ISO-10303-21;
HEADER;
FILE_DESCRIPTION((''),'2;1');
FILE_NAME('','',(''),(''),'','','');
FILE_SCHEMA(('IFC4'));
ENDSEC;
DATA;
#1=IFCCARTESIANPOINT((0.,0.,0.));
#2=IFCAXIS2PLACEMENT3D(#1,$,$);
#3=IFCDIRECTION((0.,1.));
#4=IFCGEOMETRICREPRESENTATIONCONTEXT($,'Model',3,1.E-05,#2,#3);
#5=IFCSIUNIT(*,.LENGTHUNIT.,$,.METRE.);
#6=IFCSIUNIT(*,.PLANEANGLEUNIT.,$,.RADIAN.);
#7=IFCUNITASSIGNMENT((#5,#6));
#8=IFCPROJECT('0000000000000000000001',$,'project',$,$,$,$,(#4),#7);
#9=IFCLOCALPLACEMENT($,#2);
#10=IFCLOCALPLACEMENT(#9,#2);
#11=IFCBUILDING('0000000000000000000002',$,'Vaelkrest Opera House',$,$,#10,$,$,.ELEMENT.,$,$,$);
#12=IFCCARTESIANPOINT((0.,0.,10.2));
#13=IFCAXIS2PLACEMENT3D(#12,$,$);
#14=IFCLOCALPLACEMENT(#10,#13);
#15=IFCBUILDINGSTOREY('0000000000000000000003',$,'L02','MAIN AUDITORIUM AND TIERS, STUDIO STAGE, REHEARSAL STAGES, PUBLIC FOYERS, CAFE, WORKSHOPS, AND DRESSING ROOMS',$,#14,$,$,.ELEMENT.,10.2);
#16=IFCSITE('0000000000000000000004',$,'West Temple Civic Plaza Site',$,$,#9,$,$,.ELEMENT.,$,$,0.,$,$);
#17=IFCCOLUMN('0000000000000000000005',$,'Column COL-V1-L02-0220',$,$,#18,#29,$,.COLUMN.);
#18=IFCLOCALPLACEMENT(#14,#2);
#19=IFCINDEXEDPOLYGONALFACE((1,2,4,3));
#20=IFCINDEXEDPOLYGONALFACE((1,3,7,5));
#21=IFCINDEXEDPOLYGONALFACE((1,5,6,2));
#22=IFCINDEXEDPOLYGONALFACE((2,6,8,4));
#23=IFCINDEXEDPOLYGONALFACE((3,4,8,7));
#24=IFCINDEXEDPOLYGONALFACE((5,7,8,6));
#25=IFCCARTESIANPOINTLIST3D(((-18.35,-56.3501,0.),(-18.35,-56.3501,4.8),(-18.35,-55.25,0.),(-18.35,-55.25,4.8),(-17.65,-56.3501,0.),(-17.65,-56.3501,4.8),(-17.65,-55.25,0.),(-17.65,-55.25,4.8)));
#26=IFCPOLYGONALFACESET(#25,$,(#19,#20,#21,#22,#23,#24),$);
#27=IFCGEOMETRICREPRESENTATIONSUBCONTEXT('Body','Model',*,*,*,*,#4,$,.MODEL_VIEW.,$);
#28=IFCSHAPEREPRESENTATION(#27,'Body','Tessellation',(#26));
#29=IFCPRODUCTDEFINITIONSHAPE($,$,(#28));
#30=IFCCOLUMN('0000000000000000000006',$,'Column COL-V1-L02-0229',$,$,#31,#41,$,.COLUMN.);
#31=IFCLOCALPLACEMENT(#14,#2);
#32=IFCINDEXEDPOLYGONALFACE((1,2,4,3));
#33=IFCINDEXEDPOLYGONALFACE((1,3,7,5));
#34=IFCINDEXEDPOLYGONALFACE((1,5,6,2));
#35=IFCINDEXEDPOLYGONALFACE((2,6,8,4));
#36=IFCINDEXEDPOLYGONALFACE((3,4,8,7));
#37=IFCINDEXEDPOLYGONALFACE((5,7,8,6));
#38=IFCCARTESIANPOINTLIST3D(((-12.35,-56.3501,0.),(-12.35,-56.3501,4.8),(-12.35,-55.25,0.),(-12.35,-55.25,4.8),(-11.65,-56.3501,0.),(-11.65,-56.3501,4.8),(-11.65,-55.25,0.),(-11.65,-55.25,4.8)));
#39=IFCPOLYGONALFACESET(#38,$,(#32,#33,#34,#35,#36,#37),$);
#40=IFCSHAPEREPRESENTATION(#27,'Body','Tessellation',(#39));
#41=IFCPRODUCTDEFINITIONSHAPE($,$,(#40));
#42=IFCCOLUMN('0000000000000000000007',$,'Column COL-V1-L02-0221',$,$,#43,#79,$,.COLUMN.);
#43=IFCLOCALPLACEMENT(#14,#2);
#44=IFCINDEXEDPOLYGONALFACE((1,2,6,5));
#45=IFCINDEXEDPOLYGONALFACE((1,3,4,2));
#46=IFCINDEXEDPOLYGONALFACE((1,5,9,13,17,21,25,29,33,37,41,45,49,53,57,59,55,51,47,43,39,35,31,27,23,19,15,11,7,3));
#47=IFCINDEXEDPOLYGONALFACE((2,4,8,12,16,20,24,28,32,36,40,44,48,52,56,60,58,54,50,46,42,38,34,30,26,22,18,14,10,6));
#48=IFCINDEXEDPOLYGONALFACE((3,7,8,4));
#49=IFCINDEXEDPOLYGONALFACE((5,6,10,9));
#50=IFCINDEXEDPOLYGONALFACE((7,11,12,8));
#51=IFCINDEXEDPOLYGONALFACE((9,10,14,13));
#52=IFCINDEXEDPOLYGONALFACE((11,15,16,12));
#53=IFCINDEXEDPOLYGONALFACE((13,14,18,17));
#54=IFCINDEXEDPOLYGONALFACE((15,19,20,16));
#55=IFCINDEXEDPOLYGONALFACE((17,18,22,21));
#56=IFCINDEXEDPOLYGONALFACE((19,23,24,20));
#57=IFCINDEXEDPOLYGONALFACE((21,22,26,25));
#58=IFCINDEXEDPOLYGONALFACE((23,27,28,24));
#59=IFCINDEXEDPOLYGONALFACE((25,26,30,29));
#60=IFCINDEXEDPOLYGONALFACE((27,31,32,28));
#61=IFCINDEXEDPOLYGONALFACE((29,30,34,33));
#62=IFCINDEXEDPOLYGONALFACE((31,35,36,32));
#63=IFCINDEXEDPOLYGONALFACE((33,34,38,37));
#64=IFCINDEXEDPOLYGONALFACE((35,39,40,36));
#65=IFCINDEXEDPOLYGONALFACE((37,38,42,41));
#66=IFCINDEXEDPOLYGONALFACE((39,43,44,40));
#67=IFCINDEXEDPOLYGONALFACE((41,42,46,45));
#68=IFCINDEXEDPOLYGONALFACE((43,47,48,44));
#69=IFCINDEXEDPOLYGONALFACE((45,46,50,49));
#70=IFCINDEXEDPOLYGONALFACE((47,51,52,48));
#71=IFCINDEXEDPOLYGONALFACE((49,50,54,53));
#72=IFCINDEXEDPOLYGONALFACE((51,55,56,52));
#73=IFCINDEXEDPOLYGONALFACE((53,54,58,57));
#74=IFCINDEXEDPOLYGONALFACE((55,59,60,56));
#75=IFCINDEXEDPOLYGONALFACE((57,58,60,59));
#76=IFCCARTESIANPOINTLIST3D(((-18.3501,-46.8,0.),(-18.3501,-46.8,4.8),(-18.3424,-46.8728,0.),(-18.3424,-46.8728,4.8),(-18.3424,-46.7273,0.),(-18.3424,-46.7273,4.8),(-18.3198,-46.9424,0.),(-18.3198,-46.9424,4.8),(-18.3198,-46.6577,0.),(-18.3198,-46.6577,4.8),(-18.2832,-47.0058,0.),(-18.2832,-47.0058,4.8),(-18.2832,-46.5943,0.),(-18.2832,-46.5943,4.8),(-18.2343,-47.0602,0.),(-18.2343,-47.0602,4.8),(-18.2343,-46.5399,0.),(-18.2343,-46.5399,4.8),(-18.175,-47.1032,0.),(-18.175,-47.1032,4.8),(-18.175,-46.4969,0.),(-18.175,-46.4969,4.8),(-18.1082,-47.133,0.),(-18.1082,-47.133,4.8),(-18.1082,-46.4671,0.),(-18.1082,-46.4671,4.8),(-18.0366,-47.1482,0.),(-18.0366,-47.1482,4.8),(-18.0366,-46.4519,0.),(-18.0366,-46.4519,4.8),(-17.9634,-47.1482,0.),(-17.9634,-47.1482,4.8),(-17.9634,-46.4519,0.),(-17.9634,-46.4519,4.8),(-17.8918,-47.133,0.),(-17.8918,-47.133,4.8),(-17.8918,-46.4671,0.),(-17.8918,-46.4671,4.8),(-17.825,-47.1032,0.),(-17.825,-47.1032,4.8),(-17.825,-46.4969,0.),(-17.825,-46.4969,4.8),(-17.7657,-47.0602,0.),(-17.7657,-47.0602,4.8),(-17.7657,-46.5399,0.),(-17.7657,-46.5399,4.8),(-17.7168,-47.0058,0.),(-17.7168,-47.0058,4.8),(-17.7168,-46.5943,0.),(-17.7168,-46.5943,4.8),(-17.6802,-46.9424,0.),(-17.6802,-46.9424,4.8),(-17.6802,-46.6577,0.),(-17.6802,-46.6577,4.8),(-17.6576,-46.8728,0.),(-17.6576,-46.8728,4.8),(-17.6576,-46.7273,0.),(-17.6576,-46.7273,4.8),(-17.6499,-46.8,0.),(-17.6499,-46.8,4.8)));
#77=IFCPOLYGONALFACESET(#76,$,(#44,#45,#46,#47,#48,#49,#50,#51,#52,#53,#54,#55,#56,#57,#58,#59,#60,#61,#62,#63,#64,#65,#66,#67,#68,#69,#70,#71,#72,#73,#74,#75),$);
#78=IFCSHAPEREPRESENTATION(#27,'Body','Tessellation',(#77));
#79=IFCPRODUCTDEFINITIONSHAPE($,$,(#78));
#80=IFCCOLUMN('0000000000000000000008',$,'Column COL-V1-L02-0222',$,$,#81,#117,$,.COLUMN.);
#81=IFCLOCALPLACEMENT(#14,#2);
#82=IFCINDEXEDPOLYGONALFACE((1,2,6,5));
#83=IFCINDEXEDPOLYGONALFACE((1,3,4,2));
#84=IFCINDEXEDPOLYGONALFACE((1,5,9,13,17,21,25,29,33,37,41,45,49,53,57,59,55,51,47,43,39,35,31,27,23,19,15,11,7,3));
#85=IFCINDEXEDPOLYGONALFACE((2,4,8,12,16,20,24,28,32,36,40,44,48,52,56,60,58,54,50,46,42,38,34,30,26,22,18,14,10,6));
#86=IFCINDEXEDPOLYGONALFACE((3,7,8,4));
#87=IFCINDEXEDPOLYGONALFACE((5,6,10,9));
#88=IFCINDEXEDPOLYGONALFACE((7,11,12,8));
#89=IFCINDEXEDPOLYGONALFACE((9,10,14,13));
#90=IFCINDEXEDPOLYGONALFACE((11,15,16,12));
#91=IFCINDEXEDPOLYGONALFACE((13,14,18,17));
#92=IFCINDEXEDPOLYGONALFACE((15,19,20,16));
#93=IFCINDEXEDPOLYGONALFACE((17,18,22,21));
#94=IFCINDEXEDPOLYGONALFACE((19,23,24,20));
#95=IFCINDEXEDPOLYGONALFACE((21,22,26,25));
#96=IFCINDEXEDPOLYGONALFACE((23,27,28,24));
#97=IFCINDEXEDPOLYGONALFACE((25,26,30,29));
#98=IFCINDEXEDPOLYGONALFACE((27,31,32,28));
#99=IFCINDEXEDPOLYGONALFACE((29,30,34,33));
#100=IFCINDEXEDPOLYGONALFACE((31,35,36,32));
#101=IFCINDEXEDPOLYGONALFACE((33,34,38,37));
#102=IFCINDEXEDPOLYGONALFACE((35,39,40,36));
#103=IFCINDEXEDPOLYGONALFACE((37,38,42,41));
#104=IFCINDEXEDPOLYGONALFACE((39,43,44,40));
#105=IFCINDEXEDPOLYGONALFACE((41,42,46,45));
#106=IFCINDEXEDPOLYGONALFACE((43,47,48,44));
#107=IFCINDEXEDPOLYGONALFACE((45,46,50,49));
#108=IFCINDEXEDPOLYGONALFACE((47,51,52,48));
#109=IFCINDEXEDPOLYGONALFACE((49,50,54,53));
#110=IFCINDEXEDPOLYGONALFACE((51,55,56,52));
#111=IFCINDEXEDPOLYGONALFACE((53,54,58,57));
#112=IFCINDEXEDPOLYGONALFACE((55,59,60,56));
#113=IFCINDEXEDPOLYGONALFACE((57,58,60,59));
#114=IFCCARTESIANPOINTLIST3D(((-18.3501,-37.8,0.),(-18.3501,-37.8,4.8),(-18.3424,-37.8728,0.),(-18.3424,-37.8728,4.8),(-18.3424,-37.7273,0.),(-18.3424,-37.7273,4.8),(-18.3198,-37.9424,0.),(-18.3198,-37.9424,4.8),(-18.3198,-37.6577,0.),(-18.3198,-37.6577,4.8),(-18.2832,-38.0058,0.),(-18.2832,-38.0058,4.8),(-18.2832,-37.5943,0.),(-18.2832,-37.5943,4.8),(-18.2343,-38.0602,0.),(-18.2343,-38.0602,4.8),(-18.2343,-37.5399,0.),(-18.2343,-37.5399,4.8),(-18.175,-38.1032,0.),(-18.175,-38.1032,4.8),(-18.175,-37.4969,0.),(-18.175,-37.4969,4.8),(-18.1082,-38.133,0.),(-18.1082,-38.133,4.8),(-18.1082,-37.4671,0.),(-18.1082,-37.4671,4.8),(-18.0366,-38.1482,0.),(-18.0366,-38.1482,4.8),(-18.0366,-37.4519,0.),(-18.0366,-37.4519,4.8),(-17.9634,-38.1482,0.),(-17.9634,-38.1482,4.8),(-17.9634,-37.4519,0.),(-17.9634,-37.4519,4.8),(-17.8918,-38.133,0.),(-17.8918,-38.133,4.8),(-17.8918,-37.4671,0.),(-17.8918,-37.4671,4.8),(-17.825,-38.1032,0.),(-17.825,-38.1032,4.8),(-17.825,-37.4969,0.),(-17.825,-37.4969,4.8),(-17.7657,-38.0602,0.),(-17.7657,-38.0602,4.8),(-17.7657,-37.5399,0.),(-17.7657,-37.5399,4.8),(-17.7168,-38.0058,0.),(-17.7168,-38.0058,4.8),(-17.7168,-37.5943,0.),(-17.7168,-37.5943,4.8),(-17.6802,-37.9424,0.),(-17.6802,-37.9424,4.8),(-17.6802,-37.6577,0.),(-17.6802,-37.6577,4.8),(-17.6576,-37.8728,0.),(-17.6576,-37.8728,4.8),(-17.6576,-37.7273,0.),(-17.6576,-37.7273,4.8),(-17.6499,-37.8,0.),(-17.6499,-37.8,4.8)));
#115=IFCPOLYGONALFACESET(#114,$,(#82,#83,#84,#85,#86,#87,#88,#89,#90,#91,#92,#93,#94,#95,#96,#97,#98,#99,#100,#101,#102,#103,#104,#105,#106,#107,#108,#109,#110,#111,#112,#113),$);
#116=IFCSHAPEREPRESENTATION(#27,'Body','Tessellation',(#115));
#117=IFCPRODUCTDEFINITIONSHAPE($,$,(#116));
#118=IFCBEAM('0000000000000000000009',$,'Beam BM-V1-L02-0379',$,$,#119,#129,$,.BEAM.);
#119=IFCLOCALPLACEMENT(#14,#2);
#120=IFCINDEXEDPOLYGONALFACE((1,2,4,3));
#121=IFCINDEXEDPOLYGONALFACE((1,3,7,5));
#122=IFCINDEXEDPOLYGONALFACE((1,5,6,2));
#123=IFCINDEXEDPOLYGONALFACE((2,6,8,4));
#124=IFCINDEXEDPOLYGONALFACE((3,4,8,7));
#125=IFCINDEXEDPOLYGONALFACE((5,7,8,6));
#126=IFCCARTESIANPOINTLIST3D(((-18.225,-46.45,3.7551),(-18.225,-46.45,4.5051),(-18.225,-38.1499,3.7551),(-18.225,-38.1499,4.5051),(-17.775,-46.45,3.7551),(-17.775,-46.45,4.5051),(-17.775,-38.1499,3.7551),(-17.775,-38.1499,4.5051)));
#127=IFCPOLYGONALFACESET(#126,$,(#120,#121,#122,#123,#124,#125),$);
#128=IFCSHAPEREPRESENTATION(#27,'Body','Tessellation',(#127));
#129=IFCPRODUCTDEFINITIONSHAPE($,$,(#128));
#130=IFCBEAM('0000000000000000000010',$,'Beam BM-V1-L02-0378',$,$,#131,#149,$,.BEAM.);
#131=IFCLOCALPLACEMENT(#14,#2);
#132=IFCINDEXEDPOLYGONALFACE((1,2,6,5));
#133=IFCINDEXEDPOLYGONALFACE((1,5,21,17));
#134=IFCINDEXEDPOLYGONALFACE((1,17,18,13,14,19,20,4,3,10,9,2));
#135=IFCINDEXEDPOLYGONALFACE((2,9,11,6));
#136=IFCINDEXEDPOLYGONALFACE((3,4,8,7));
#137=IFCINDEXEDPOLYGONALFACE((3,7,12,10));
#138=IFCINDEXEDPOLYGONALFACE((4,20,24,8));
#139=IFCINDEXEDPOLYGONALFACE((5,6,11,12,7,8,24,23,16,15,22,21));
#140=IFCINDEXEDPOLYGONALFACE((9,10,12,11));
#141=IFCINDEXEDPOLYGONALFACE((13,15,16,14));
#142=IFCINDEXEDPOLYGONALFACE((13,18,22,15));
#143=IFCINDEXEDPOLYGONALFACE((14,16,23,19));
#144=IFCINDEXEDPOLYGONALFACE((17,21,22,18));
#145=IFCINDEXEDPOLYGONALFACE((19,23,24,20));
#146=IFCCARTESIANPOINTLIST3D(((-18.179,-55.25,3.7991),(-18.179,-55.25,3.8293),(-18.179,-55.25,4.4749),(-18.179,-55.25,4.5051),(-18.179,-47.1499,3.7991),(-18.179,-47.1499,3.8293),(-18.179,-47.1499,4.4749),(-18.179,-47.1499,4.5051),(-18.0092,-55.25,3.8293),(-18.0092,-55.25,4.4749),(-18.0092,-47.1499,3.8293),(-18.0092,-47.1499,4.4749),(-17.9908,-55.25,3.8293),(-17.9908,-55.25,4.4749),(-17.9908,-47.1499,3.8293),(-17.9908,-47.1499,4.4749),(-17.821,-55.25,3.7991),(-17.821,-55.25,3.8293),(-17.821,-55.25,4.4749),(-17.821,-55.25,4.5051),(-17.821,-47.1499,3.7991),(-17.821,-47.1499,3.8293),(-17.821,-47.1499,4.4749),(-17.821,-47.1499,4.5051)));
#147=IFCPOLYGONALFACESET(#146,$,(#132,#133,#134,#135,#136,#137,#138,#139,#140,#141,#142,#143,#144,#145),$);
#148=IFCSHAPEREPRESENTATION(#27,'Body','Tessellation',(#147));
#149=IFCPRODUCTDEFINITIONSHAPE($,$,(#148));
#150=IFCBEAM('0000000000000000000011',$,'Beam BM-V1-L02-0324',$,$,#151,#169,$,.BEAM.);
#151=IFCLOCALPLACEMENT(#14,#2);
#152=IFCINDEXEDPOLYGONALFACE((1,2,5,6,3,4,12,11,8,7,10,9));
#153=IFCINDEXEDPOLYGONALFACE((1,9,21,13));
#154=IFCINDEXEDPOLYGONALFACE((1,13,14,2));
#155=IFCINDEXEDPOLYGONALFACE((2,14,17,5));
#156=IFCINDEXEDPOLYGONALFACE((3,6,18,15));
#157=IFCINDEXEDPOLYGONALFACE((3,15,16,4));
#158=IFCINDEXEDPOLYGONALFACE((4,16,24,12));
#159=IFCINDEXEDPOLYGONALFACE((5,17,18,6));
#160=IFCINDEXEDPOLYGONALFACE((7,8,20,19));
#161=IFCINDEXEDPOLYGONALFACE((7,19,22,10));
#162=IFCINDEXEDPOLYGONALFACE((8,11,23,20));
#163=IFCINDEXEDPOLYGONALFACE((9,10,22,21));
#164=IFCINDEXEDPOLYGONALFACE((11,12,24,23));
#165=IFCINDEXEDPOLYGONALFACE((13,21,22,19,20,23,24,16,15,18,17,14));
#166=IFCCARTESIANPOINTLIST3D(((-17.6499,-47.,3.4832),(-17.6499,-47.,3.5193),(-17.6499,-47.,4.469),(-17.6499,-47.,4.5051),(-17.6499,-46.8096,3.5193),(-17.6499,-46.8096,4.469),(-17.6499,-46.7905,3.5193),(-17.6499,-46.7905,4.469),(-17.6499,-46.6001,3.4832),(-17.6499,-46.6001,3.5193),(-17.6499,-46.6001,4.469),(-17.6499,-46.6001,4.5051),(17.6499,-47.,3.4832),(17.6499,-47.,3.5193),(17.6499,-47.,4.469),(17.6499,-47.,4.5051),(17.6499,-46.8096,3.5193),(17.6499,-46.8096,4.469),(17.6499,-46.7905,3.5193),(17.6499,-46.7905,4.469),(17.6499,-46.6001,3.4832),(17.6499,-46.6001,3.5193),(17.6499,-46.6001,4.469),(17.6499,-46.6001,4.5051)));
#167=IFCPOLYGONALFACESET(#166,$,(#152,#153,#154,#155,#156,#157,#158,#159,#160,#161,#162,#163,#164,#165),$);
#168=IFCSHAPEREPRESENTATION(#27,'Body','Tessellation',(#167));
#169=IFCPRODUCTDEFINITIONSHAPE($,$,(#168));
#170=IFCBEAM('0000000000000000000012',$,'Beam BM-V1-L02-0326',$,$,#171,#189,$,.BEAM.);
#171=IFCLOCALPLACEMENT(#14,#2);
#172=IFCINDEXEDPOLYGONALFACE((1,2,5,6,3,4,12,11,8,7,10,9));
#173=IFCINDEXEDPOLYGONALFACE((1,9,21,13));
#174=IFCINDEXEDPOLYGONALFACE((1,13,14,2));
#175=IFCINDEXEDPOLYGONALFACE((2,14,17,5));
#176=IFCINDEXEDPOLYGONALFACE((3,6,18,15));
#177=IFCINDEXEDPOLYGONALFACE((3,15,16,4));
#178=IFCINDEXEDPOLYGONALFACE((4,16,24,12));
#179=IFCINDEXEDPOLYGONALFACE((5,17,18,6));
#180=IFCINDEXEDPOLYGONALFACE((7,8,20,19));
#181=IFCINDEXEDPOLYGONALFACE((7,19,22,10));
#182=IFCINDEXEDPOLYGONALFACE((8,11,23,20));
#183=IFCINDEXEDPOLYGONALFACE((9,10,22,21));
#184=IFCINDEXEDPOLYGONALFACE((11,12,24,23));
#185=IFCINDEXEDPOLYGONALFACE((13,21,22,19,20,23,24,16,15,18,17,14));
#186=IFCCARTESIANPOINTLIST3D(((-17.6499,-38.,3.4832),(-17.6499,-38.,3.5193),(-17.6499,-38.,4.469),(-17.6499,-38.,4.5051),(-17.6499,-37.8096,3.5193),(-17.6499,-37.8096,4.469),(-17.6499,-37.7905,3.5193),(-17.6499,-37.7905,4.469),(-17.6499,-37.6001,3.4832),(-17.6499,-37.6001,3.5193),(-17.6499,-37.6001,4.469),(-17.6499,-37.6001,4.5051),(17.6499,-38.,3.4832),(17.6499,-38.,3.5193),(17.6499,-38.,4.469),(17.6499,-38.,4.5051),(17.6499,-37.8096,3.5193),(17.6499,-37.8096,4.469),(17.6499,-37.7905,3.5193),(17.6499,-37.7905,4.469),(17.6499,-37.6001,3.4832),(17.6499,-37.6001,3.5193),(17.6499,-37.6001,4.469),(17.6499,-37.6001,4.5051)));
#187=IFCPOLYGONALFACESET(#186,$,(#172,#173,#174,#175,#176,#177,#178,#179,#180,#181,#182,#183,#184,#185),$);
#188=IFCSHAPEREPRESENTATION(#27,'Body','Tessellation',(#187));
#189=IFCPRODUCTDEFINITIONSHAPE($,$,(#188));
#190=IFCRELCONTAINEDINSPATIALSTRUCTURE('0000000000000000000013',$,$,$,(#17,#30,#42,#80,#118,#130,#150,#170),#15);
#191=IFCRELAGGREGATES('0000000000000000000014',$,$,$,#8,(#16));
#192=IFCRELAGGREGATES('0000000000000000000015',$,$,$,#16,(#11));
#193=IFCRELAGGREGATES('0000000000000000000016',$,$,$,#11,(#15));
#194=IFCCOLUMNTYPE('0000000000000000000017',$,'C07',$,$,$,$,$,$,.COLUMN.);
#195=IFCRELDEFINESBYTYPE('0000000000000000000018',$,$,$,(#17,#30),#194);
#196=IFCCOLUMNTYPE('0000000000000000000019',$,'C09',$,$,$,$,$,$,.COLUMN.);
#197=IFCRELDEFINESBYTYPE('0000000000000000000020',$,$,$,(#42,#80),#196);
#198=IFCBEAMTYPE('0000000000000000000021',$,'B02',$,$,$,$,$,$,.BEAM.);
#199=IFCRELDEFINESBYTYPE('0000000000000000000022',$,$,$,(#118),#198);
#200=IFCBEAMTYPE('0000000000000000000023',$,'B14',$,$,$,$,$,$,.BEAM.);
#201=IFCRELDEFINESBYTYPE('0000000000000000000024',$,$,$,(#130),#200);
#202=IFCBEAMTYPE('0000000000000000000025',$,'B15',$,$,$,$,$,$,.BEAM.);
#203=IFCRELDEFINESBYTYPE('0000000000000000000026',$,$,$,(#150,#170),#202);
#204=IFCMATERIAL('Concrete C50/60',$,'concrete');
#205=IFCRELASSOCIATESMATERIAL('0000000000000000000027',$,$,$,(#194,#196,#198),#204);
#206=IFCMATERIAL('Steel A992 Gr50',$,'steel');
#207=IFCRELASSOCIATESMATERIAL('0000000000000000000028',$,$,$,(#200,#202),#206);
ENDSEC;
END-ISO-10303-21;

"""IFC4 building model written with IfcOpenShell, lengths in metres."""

from ifc_helpers import new_model, si_unit, direction, frame, origin, origin_2d, place, context, subcontext, project, spatial, rectangle, circle, i_section, extrude, material, material_profile, profile_set, type_object, element, save


model = new_model("IFC4")

# Units and contexts
model_context = context("Model", 3, precision=1e-05, world=origin(), true_north=direction((0.0, 1.0)))
body_context = subcontext(model_context, "Body", "Model", "MODEL_VIEW")
ifc_project = project(units=[si_unit("LENGTHUNIT", "METRE"), si_unit("PLANEANGLEUNIT", "RADIAN")], contexts=[model_context])

# Site, building, storey
site_placement = place(None, origin())
site = spatial("IfcSite", under=ifc_project, at=site_placement, Name="West Temple Civic Plaza Site", CompositionType="ELEMENT", RefElevation=0.0)
building_placement = place(site_placement, origin())
building = spatial("IfcBuilding", under=site, at=building_placement, Name="Vaelkrest Opera House", CompositionType="ELEMENT")
storey_placement = place(building_placement, frame((0.0, 0.0, 10.2)))
storey = spatial("IfcBuildingStorey", under=building, at=storey_placement, Name="L02", Description="MAIN AUDITORIUM AND TIERS, STUDIO STAGE, REHEARSAL STAGES, PUBLIC FOYERS, CAFE, WORKSHOPS, AND DRESSING ROOMS", CompositionType="ELEMENT", Elevation=10.2)

# Columns
ifc_material_1 = material(Name="Concrete C50/60", Category="concrete")
ifc_material_profile_1 = material_profile(ifc_material_1, rectangle(XDim=0.7, YDim=1.1001, at=origin_2d()), Name="RC700X1100")
ifc_profile_set_1 = profile_set([ifc_material_profile_1], Name="Concrete C50/60")
column_type_1 = type_object("IfcColumnType", Name="C07", PredefinedType="COLUMN", material=ifc_profile_set_1)
for number, where, z_axis, x_axis, name in (
    (1, (-18.0, -55.8, 0.0), (0.0, 0.0, 1.0), (1.0, 0.0, 0.0), "Column COL-V1-L02-0220"),
    (2, (-12.0, -55.8, 0.0), (0.0, 0.0, 1.0), (1.0, 0.0, 0.0), "Column COL-V1-L02-0229"),
):
    element("IfcColumn", number, at=place(storey_placement, frame(where, z_axis=z_axis, x_axis=x_axis)), inside=storey, type_object=column_type_1, Name=name, PredefinedType="COLUMN", context=body_context, shape_type="SweptSolid", body=[
        extrude(rectangle(XDim=0.7, YDim=1.1001, at=origin_2d()), origin(), (0.0, 0.0, 1.0), 4.8),
    ])
ifc_material_profile_2 = material_profile(ifc_material_1, circle(Radius=0.3501, at=origin_2d()), Name="RCD700")
ifc_profile_set_2 = profile_set([ifc_material_profile_2], Name="Concrete C50/60")
column_type_2 = type_object("IfcColumnType", Name="C09", PredefinedType="COLUMN", material=ifc_profile_set_2)
for number, where, z_axis, x_axis, name in (
    (3, (-18.0, -46.8, 0.0), (0.0, 0.0, 1.0), (1.0, 0.0, 0.0), "Column COL-V1-L02-0221"),
    (4, (-18.0, -37.8, 0.0), (0.0, 0.0, 1.0), (1.0, 0.0, 0.0), "Column COL-V1-L02-0222"),
):
    element("IfcColumn", number, at=place(storey_placement, frame(where, z_axis=z_axis, x_axis=x_axis)), inside=storey, type_object=column_type_2, Name=name, PredefinedType="COLUMN", context=body_context, shape_type="SweptSolid", body=[
        extrude(circle(Radius=0.3501, at=origin_2d()), origin(), (0.0, 0.0, 1.0), 4.8),
    ])

# Beams
ifc_material_profile_3 = material_profile(ifc_material_1, rectangle(XDim=0.45, YDim=0.75, at=origin_2d()), Name="RCB450X750")
ifc_profile_set_3 = profile_set([ifc_material_profile_3], Name="Concrete C50/60")
beam_type_1 = type_object("IfcBeamType", Name="B02", PredefinedType="BEAM", material=ifc_profile_set_3)
beam_1_placement = place(storey_placement, frame((-18.0, -46.45, 4.1301), z_axis=(0.0, 1.0, 0.0), x_axis=(-1.0, 0.0, 0.0)))
element("IfcBeam", 5, at=beam_1_placement, inside=storey, type_object=beam_type_1, Name="Beam BM-V1-L02-0379", PredefinedType="BEAM", context=body_context, shape_type="SweptSolid", body=[
    extrude(rectangle(XDim=0.45, YDim=0.75, at=origin_2d()), origin(), (0.0, 0.0, 1.0), 8.3),
])
ifc_material_2 = material(Name="Steel A992 Gr50", Category="steel")
ifc_material_profile_4 = material_profile(ifc_material_2, i_section(OverallWidth=0.3579, OverallDepth=0.7061, WebThickness=0.0183, FlangeThickness=0.0303, at=origin_2d()), Name="W27X178")
ifc_profile_set_4 = profile_set([ifc_material_profile_4], Name="Steel A992 Gr50")
beam_type_2 = type_object("IfcBeamType", Name="B14", PredefinedType="BEAM", material=ifc_profile_set_4)
beam_2_placement = place(storey_placement, frame((-18.0, -55.25, 4.1521), z_axis=(0.0, 1.0, 0.0), x_axis=(-1.0, 0.0, 0.0)))
element("IfcBeam", 6, at=beam_2_placement, inside=storey, type_object=beam_type_2, Name="Beam BM-V1-L02-0378", PredefinedType="BEAM", context=body_context, shape_type="SweptSolid", body=[
    extrude(i_section(OverallWidth=0.3579, OverallDepth=0.7061, WebThickness=0.0183, FlangeThickness=0.0303, at=origin_2d()), origin(), (0.0, 0.0, 1.0), 8.1001),
])
ifc_material_profile_5 = material_profile(ifc_material_2, i_section(OverallWidth=0.3999, OverallDepth=1.022, WebThickness=0.019, FlangeThickness=0.0361, at=origin_2d()), Name="W40X249")
ifc_profile_set_5 = profile_set([ifc_material_profile_5], Name="Steel A992 Gr50")
beam_type_3 = type_object("IfcBeamType", Name="B15", PredefinedType="BEAM", material=ifc_profile_set_5)
for number, where, z_axis, x_axis, name in (
    (7, (-17.6499, -46.8, 3.9941), (1.0, 0.0, 0.0), (0.0, 1.0, 0.0), "Beam BM-V1-L02-0324"),
    (8, (-17.6499, -37.8, 3.9941), (1.0, 0.0, 0.0), (0.0, 1.0, 0.0), "Beam BM-V1-L02-0326"),
):
    element("IfcBeam", number, at=place(storey_placement, frame(where, z_axis=z_axis, x_axis=x_axis)), inside=storey, type_object=beam_type_3, Name=name, PredefinedType="BEAM", context=body_context, shape_type="SweptSolid", body=[
        extrude(i_section(OverallWidth=0.3999, OverallDepth=1.022, WebThickness=0.019, FlangeThickness=0.0361, at=origin_2d()), origin(), (0.0, 0.0, 1.0), 35.2998),
    ])

save(model, "model.ifc")
